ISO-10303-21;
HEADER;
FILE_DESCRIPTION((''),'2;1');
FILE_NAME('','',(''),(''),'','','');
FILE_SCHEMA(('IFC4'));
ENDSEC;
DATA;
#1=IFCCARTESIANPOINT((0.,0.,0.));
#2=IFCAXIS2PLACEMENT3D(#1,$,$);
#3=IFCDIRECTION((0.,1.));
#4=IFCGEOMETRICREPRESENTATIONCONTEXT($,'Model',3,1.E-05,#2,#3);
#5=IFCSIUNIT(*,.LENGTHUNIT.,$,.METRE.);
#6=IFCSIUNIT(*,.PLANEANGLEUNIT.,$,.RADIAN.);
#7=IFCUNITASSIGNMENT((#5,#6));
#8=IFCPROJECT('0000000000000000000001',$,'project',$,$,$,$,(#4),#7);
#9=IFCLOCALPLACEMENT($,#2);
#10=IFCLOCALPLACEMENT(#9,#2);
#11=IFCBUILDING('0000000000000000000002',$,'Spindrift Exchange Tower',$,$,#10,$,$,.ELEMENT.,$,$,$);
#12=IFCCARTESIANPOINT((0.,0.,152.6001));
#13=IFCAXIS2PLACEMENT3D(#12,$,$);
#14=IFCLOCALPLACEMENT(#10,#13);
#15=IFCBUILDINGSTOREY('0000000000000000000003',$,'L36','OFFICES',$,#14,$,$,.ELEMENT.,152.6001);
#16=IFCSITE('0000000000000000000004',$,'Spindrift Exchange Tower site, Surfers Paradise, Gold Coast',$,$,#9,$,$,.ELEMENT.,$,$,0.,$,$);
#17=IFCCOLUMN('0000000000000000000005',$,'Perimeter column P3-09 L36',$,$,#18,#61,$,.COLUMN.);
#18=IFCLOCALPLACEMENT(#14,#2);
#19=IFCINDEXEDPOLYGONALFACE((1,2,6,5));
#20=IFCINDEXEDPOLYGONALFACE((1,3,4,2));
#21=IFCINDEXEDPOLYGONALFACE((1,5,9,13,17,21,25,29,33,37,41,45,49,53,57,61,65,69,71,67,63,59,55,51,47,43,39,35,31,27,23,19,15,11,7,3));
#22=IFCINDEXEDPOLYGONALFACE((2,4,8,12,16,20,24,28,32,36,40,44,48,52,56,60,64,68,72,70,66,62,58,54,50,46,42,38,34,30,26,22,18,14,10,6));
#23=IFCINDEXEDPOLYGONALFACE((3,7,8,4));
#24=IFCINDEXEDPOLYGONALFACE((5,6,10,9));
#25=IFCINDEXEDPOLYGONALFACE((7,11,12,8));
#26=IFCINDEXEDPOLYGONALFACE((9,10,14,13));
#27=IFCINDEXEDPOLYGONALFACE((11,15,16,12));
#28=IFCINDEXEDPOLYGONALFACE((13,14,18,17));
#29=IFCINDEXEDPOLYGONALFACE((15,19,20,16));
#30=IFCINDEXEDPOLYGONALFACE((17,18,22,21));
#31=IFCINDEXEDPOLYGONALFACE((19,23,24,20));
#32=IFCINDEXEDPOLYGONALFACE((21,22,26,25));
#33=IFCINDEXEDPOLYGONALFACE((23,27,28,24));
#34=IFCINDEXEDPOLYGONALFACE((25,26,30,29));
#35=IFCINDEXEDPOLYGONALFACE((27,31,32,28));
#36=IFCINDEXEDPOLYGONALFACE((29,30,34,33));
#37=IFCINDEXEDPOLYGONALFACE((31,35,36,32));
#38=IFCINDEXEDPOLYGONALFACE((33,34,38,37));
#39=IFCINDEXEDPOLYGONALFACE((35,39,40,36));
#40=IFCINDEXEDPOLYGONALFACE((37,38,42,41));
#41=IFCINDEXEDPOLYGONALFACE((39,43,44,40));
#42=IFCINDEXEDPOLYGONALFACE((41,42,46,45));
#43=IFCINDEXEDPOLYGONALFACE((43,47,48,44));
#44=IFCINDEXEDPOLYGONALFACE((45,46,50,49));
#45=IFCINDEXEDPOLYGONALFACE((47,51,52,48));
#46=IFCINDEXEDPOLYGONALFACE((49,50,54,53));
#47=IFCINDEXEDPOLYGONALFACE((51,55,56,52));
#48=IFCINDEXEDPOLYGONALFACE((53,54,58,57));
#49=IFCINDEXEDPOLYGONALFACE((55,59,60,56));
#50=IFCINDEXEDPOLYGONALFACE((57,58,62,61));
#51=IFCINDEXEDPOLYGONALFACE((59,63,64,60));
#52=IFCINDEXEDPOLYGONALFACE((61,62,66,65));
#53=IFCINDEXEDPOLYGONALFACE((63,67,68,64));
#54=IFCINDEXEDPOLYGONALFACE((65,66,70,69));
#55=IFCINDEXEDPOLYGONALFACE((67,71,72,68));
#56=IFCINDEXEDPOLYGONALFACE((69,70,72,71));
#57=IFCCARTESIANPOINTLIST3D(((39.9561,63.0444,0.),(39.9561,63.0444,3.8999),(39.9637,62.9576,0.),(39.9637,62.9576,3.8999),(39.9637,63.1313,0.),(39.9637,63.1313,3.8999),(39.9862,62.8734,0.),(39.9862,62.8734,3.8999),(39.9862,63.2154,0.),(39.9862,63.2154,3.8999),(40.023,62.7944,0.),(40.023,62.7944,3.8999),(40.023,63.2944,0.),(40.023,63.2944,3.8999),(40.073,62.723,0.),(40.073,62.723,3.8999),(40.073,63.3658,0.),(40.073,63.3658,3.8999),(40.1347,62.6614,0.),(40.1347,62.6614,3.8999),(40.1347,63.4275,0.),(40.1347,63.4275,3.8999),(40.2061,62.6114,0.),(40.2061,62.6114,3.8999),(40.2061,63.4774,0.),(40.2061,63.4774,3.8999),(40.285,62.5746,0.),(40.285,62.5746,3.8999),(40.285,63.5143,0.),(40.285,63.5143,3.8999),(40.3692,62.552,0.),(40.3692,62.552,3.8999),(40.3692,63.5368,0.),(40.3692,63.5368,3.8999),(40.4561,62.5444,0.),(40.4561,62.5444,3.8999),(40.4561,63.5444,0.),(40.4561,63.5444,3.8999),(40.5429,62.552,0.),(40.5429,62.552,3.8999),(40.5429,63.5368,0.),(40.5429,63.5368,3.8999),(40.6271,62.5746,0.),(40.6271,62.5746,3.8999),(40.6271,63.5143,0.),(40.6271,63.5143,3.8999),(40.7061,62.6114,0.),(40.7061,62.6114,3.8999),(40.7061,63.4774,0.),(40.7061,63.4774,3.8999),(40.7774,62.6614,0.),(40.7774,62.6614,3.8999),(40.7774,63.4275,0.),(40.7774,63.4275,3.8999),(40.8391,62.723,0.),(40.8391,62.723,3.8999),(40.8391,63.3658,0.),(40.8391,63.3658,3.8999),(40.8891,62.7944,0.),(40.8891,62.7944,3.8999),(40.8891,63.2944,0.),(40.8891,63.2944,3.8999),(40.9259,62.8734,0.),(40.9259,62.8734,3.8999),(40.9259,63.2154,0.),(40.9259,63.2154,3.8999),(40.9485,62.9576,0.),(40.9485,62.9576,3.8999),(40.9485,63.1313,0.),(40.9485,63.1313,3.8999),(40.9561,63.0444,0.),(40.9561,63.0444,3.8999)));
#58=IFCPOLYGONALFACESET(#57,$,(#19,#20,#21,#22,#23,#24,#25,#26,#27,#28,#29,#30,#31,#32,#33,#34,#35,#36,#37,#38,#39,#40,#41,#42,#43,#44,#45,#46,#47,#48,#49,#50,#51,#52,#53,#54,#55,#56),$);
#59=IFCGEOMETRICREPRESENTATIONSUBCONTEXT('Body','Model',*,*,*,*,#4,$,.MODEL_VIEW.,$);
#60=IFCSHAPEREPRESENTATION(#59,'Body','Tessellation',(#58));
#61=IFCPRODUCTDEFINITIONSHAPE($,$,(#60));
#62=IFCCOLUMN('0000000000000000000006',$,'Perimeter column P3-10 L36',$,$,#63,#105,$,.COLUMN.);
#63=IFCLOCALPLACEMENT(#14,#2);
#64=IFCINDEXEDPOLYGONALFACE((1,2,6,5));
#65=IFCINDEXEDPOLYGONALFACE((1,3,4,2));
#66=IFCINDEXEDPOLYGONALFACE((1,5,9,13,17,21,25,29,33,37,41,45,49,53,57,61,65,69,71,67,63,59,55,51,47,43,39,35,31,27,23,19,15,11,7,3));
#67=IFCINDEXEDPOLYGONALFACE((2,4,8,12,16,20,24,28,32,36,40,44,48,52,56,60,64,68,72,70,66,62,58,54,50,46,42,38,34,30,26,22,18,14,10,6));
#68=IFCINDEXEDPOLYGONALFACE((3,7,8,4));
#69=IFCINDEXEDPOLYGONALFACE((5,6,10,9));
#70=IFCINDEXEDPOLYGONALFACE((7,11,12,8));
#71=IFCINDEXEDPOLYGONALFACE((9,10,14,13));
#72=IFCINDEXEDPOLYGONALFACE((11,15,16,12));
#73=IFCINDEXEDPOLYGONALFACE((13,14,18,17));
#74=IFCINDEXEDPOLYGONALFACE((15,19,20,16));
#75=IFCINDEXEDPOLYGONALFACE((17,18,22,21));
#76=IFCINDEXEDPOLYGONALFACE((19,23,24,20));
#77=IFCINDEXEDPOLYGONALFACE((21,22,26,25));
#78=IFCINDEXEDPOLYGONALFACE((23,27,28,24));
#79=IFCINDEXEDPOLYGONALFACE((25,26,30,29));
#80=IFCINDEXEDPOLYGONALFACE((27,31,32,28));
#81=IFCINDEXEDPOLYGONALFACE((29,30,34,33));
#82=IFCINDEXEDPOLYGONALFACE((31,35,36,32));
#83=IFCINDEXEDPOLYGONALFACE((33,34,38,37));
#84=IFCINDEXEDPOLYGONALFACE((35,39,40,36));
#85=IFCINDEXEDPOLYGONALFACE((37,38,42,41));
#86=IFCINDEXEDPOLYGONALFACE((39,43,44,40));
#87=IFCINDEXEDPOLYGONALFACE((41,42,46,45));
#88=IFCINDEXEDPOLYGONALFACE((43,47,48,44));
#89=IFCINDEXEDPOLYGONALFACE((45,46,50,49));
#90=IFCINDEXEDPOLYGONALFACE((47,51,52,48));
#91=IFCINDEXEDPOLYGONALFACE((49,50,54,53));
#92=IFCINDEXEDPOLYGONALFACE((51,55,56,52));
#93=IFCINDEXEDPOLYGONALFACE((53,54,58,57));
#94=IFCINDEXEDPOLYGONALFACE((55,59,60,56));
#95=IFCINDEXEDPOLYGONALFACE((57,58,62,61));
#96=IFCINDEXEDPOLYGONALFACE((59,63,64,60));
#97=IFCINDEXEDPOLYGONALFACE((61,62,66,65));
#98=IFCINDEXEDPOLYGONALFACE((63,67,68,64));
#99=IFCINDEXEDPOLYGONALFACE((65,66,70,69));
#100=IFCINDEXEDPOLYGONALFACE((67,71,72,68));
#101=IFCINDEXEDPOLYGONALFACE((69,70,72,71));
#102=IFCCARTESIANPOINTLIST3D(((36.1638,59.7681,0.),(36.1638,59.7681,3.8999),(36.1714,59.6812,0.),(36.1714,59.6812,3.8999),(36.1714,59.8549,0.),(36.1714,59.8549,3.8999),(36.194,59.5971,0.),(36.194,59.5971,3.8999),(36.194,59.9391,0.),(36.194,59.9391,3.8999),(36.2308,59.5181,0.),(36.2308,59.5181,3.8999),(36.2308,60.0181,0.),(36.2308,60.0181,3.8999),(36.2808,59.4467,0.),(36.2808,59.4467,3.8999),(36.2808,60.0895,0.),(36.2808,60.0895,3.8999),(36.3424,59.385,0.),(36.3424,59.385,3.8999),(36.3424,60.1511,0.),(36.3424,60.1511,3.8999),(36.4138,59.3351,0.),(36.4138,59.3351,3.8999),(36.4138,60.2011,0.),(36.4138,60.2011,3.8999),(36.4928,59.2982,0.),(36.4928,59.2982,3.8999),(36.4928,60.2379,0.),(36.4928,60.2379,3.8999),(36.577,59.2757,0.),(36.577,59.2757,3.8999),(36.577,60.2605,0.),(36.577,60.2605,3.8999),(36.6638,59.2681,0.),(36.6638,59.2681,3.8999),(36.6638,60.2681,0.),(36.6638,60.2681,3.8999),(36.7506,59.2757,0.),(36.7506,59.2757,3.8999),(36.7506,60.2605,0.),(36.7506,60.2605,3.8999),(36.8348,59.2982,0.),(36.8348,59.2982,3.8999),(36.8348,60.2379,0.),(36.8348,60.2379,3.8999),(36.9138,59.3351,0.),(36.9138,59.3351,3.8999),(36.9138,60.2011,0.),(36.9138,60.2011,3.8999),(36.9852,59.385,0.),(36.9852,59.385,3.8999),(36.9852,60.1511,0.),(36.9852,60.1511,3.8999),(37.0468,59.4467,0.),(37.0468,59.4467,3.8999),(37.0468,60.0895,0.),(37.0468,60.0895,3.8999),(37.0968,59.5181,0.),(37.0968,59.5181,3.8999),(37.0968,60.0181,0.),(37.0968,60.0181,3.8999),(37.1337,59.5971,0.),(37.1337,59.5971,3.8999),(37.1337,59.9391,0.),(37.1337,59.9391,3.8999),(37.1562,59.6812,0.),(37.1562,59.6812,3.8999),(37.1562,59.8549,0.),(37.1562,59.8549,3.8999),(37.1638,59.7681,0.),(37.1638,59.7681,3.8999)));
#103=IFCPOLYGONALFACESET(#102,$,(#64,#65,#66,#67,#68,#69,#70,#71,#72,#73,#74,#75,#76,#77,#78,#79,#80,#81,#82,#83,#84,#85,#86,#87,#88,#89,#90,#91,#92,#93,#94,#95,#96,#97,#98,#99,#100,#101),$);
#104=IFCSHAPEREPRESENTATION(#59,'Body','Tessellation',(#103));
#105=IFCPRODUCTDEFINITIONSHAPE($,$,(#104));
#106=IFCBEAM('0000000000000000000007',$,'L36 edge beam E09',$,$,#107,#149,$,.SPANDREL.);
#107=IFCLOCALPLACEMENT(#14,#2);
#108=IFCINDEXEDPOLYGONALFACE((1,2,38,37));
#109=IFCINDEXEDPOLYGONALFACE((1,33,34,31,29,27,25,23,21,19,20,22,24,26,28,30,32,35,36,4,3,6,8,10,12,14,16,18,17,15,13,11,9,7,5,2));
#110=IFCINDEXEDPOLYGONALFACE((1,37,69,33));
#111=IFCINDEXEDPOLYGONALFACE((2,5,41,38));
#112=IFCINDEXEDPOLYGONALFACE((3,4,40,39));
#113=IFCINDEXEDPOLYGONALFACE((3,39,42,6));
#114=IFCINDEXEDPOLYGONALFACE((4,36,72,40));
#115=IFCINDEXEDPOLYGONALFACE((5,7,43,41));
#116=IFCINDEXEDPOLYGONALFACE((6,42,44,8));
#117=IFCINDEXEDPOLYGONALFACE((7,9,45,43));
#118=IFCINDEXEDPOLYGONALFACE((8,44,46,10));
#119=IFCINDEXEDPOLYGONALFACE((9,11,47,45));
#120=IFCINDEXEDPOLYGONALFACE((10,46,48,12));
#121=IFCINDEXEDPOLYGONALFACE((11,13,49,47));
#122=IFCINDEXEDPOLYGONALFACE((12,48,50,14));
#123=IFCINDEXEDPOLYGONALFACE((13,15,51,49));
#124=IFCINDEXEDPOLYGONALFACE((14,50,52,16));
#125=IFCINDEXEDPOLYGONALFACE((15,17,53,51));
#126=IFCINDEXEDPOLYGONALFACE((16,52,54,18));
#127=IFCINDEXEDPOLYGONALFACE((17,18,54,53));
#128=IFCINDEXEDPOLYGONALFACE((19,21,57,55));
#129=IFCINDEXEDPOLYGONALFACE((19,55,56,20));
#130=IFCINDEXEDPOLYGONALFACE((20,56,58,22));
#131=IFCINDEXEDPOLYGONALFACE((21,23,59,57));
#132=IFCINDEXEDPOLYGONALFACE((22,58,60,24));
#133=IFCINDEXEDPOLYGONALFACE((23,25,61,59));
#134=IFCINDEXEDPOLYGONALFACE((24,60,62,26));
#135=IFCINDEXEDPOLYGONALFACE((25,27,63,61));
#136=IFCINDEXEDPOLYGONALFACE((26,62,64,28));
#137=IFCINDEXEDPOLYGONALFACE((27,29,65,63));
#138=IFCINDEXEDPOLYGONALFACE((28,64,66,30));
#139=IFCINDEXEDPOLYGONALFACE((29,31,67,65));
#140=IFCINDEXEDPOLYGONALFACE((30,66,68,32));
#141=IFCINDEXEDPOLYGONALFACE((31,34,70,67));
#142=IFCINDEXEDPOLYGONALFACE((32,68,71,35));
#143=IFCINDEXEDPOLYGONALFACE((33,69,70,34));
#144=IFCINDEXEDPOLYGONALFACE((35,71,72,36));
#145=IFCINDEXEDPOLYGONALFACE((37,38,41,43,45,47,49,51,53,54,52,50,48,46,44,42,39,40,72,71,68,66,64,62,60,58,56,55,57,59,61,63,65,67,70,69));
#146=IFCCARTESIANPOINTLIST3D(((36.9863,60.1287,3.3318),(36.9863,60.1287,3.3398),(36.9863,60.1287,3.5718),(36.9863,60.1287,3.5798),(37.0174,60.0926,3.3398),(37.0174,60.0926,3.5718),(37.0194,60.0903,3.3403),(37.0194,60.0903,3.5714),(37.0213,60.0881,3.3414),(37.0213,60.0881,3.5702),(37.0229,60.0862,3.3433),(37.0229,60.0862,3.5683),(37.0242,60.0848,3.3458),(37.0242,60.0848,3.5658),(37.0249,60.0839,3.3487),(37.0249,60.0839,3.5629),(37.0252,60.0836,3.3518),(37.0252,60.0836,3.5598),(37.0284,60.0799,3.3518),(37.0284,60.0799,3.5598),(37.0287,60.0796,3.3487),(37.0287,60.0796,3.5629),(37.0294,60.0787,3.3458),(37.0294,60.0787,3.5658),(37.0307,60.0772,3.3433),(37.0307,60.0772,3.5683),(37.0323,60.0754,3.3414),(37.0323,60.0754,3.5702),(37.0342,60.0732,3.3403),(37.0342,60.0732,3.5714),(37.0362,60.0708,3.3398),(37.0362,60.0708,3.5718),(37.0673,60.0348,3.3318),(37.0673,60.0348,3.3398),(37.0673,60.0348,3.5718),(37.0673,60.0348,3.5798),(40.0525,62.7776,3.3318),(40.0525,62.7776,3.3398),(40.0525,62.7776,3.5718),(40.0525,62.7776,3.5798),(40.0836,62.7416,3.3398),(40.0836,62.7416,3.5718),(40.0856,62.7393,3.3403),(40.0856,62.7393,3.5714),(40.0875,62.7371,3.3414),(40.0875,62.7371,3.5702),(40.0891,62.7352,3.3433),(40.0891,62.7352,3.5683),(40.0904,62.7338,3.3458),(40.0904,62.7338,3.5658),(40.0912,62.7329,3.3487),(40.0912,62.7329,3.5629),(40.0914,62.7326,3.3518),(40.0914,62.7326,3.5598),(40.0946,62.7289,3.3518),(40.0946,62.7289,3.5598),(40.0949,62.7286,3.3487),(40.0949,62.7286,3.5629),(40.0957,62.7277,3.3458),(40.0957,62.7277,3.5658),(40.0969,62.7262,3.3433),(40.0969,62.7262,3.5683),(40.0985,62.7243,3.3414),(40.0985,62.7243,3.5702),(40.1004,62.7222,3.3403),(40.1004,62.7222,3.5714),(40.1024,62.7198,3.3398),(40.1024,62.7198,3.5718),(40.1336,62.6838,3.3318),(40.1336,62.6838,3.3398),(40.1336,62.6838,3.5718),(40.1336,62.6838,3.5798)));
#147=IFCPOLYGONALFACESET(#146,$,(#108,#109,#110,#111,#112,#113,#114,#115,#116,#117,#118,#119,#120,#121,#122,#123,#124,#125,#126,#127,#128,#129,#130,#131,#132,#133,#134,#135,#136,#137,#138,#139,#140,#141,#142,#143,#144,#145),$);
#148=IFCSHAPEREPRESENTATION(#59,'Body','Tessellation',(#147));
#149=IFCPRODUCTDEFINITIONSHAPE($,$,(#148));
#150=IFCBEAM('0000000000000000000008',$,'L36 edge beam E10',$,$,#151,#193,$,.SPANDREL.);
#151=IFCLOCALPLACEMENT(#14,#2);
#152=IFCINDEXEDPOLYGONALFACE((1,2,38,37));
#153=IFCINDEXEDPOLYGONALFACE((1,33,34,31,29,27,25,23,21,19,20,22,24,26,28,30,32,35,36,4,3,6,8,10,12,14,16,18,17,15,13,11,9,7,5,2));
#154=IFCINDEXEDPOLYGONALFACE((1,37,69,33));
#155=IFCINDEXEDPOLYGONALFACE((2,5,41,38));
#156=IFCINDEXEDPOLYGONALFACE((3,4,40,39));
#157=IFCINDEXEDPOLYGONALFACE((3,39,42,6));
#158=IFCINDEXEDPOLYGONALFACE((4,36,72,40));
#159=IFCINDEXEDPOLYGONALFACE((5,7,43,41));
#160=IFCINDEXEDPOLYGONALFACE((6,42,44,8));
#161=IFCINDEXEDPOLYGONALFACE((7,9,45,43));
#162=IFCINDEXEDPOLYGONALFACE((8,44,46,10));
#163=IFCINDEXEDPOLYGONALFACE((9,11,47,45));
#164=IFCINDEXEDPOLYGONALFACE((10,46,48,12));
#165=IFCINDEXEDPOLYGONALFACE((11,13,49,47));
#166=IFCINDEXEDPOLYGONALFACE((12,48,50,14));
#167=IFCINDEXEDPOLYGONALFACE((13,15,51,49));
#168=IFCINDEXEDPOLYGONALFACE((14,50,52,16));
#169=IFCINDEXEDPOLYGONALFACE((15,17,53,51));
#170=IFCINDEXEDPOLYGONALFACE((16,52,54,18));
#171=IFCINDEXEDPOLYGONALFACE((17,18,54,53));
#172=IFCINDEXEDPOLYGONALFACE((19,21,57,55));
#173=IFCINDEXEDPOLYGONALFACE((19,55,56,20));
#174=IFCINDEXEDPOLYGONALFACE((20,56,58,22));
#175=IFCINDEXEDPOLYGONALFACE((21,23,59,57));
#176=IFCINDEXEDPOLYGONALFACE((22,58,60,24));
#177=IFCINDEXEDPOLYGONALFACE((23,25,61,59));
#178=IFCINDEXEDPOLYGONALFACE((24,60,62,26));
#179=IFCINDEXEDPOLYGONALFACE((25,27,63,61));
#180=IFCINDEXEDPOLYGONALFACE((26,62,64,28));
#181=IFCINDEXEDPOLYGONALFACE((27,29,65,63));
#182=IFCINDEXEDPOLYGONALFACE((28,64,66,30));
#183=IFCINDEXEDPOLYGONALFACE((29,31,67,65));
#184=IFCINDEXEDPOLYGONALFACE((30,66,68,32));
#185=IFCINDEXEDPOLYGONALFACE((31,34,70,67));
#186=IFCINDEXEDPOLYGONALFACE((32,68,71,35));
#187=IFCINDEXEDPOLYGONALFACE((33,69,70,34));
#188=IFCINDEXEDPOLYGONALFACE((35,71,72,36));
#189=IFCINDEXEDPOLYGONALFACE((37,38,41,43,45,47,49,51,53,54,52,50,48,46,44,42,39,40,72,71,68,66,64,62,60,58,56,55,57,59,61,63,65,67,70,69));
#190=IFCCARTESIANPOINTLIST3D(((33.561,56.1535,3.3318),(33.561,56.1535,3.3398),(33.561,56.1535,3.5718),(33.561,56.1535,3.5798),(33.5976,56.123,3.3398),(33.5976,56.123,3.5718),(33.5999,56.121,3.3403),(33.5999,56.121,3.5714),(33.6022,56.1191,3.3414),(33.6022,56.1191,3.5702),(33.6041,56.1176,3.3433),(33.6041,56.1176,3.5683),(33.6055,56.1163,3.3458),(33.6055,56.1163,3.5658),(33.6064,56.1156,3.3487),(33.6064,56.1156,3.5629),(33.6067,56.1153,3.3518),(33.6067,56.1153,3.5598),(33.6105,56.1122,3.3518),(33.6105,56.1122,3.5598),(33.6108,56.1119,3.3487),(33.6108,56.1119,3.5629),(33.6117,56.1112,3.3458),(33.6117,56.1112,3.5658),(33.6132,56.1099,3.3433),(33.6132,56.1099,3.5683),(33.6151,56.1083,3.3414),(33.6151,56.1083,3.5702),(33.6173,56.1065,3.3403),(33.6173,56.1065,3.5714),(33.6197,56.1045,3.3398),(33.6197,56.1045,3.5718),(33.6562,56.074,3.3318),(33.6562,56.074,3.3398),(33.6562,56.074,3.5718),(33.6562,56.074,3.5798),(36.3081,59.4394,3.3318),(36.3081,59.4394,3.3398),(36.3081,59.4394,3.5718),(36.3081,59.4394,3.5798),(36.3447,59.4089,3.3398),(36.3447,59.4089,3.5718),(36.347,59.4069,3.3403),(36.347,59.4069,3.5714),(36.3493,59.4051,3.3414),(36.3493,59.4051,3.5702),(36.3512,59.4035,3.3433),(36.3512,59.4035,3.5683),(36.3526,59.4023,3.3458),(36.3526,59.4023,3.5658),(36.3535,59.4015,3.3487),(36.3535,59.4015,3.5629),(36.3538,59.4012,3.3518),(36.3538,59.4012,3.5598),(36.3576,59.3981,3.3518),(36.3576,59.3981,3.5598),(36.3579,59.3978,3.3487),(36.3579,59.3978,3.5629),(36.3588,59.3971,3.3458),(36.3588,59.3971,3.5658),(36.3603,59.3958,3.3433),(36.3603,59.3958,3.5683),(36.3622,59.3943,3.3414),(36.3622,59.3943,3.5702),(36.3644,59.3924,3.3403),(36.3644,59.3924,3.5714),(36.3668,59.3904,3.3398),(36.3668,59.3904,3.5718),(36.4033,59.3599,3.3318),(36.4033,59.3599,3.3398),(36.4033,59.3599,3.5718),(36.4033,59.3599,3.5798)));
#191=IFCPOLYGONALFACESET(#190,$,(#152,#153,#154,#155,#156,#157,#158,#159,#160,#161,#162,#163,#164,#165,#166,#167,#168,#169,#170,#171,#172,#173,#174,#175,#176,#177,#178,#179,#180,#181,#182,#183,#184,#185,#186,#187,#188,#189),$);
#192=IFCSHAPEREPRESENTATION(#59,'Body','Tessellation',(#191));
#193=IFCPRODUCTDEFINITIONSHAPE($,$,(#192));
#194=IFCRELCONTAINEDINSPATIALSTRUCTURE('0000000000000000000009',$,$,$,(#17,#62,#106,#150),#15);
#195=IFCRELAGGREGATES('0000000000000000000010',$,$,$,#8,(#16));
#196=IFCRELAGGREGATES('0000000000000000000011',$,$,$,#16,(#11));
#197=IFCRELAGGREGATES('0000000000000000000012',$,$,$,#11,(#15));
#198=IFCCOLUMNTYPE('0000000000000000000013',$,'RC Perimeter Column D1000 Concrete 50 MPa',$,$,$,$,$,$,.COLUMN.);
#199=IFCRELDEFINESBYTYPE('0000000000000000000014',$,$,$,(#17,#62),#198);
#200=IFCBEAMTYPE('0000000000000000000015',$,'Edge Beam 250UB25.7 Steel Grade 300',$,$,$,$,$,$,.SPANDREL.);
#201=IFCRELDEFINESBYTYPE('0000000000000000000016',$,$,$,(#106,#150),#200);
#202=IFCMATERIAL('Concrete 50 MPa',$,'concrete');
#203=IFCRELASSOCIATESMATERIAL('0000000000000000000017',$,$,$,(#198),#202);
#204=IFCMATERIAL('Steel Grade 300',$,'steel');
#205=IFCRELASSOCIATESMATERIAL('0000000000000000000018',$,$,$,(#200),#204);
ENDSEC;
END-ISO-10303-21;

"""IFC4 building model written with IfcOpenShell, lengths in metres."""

from ifc_helpers import new_model, si_unit, direction, frame, origin, origin_2d, place, context, subcontext, project, spatial, circle, i_section, extrude, source, transform, mapped, material, material_profile, profile_set, type_object, element, save


model = new_model("IFC4")

# Units and contexts
model_context = context("Model", 3, precision=1e-05, world=origin(), true_north=direction((0.0, 1.0)))
body_context = subcontext(model_context, "Body", "Model", "MODEL_VIEW")
ifc_project = project(units=[si_unit("LENGTHUNIT", "METRE"), si_unit("PLANEANGLEUNIT", "RADIAN")], contexts=[model_context])

# Site, building, storey
site_placement = place(None, origin())
site = spatial("IfcSite", under=ifc_project, at=site_placement, Name="Spindrift Exchange Tower site, Surfers Paradise, Gold Coast", CompositionType="ELEMENT", RefElevation=0.0)
building_placement = place(site_placement, origin())
building = spatial("IfcBuilding", under=site, at=building_placement, Name="Spindrift Exchange Tower", CompositionType="ELEMENT")
storey_placement = place(building_placement, frame((0.0, 0.0, 152.6001)))
storey = spatial("IfcBuildingStorey", under=building, at=storey_placement, Name="L36", Description="OFFICES", CompositionType="ELEMENT", Elevation=152.6001)

# Columns
ifc_material_1 = material(Name="Concrete 50 MPa", Category="concrete")
ifc_material_profile_1 = material_profile(ifc_material_1, circle(Radius=0.5, at=origin_2d()), Name="RC D1000")
ifc_profile_set_1 = profile_set([ifc_material_profile_1], Name="Concrete 50 MPa")
column_type = type_object("IfcColumnType", Name="RC Perimeter Column D1000 Concrete 50 MPa", PredefinedType="COLUMN", material=ifc_profile_set_1)
shared_shape_1 = source(origin(), body_context, "Body", "SweptSolid", [
    extrude(circle(Radius=0.5, at=origin_2d()), origin(), (0.0, 0.0, 1.0), 3.8999),
])
for number, where, z_axis, x_axis, name in (
    (1, (40.4561, 63.0444, 0.0), (0.0, 0.0, 1.0), (1.0, 0.0, 0.0), "Perimeter column P3-09 L36"),
    (2, (36.6638, 59.7681, 0.0), (0.0, 0.0, 1.0), (1.0, 0.0, 0.0), "Perimeter column P3-10 L36"),
):
    element("IfcColumn", number, at=place(storey_placement, frame(where, z_axis=z_axis, x_axis=x_axis)), inside=storey, type_object=column_type, Name=name, PredefinedType="COLUMN", context=body_context, shape_type="MappedRepresentation", body=[
        mapped(shared_shape_1, transform((0.0, 0.0, 0.0), scale=1.0)),
    ])

# Beams
ifc_material_2 = material(Name="Steel Grade 300", Category="steel")
ifc_material_profile_2 = material_profile(ifc_material_2, i_section(OverallWidth=0.124, OverallDepth=0.248, WebThickness=0.0049, FlangeThickness=0.0081, FilletRadius=0.012, at=origin_2d()), Name="250UB25.7")
ifc_profile_set_2 = profile_set([ifc_material_profile_2], Name="Steel Grade 300")
beam_type = type_object("IfcBeamType", Name="Edge Beam 250UB25.7 Steel Grade 300", PredefinedType="SPANDREL", material=ifc_profile_set_2)
shared_shape_2 = source(origin(), body_context, "Body", "SweptSolid", [
    extrude(i_section(OverallWidth=0.124, OverallDepth=0.248, WebThickness=0.0049, FlangeThickness=0.0081, FilletRadius=0.012, at=origin_2d()), origin(), (0.0, 0.0, 1.0), 4.052),
])
beam_1_placement = place(storey_placement, frame((40.093, 62.7307, 3.4558), z_axis=(-0.756716, -0.653744, 0.0), x_axis=(0.653744, -0.756716, 0.0)))
element("IfcBeam", 3, at=beam_1_placement, inside=storey, type_object=beam_type, Name="L36 edge beam E09", PredefinedType="SPANDREL", context=body_context, shape_type="MappedRepresentation", body=[
    mapped(shared_shape_2, transform((0.0, 0.0, 0.0), scale=1.0)),
])
shared_shape_3 = source(origin(), body_context, "Body", "SweptSolid", [
    extrude(i_section(OverallWidth=0.124, OverallDepth=0.248, WebThickness=0.0049, FlangeThickness=0.0081, FilletRadius=0.012, at=origin_2d()), origin(), (0.0, 0.0, 1.0), 4.283),
])
beam_2_placement = place(storey_placement, frame((36.3557, 59.3997, 3.4558), z_axis=(-0.6414, -0.767206, 0.0), x_axis=(0.767206, -0.6414, 0.0)))
element("IfcBeam", 4, at=beam_2_placement, inside=storey, type_object=beam_type, Name="L36 edge beam E10", PredefinedType="SPANDREL", context=body_context, shape_type="MappedRepresentation", body=[
    mapped(shared_shape_3, transform((0.0, 0.0, 0.0), scale=1.0)),
])

save(model, "model.ifc")
